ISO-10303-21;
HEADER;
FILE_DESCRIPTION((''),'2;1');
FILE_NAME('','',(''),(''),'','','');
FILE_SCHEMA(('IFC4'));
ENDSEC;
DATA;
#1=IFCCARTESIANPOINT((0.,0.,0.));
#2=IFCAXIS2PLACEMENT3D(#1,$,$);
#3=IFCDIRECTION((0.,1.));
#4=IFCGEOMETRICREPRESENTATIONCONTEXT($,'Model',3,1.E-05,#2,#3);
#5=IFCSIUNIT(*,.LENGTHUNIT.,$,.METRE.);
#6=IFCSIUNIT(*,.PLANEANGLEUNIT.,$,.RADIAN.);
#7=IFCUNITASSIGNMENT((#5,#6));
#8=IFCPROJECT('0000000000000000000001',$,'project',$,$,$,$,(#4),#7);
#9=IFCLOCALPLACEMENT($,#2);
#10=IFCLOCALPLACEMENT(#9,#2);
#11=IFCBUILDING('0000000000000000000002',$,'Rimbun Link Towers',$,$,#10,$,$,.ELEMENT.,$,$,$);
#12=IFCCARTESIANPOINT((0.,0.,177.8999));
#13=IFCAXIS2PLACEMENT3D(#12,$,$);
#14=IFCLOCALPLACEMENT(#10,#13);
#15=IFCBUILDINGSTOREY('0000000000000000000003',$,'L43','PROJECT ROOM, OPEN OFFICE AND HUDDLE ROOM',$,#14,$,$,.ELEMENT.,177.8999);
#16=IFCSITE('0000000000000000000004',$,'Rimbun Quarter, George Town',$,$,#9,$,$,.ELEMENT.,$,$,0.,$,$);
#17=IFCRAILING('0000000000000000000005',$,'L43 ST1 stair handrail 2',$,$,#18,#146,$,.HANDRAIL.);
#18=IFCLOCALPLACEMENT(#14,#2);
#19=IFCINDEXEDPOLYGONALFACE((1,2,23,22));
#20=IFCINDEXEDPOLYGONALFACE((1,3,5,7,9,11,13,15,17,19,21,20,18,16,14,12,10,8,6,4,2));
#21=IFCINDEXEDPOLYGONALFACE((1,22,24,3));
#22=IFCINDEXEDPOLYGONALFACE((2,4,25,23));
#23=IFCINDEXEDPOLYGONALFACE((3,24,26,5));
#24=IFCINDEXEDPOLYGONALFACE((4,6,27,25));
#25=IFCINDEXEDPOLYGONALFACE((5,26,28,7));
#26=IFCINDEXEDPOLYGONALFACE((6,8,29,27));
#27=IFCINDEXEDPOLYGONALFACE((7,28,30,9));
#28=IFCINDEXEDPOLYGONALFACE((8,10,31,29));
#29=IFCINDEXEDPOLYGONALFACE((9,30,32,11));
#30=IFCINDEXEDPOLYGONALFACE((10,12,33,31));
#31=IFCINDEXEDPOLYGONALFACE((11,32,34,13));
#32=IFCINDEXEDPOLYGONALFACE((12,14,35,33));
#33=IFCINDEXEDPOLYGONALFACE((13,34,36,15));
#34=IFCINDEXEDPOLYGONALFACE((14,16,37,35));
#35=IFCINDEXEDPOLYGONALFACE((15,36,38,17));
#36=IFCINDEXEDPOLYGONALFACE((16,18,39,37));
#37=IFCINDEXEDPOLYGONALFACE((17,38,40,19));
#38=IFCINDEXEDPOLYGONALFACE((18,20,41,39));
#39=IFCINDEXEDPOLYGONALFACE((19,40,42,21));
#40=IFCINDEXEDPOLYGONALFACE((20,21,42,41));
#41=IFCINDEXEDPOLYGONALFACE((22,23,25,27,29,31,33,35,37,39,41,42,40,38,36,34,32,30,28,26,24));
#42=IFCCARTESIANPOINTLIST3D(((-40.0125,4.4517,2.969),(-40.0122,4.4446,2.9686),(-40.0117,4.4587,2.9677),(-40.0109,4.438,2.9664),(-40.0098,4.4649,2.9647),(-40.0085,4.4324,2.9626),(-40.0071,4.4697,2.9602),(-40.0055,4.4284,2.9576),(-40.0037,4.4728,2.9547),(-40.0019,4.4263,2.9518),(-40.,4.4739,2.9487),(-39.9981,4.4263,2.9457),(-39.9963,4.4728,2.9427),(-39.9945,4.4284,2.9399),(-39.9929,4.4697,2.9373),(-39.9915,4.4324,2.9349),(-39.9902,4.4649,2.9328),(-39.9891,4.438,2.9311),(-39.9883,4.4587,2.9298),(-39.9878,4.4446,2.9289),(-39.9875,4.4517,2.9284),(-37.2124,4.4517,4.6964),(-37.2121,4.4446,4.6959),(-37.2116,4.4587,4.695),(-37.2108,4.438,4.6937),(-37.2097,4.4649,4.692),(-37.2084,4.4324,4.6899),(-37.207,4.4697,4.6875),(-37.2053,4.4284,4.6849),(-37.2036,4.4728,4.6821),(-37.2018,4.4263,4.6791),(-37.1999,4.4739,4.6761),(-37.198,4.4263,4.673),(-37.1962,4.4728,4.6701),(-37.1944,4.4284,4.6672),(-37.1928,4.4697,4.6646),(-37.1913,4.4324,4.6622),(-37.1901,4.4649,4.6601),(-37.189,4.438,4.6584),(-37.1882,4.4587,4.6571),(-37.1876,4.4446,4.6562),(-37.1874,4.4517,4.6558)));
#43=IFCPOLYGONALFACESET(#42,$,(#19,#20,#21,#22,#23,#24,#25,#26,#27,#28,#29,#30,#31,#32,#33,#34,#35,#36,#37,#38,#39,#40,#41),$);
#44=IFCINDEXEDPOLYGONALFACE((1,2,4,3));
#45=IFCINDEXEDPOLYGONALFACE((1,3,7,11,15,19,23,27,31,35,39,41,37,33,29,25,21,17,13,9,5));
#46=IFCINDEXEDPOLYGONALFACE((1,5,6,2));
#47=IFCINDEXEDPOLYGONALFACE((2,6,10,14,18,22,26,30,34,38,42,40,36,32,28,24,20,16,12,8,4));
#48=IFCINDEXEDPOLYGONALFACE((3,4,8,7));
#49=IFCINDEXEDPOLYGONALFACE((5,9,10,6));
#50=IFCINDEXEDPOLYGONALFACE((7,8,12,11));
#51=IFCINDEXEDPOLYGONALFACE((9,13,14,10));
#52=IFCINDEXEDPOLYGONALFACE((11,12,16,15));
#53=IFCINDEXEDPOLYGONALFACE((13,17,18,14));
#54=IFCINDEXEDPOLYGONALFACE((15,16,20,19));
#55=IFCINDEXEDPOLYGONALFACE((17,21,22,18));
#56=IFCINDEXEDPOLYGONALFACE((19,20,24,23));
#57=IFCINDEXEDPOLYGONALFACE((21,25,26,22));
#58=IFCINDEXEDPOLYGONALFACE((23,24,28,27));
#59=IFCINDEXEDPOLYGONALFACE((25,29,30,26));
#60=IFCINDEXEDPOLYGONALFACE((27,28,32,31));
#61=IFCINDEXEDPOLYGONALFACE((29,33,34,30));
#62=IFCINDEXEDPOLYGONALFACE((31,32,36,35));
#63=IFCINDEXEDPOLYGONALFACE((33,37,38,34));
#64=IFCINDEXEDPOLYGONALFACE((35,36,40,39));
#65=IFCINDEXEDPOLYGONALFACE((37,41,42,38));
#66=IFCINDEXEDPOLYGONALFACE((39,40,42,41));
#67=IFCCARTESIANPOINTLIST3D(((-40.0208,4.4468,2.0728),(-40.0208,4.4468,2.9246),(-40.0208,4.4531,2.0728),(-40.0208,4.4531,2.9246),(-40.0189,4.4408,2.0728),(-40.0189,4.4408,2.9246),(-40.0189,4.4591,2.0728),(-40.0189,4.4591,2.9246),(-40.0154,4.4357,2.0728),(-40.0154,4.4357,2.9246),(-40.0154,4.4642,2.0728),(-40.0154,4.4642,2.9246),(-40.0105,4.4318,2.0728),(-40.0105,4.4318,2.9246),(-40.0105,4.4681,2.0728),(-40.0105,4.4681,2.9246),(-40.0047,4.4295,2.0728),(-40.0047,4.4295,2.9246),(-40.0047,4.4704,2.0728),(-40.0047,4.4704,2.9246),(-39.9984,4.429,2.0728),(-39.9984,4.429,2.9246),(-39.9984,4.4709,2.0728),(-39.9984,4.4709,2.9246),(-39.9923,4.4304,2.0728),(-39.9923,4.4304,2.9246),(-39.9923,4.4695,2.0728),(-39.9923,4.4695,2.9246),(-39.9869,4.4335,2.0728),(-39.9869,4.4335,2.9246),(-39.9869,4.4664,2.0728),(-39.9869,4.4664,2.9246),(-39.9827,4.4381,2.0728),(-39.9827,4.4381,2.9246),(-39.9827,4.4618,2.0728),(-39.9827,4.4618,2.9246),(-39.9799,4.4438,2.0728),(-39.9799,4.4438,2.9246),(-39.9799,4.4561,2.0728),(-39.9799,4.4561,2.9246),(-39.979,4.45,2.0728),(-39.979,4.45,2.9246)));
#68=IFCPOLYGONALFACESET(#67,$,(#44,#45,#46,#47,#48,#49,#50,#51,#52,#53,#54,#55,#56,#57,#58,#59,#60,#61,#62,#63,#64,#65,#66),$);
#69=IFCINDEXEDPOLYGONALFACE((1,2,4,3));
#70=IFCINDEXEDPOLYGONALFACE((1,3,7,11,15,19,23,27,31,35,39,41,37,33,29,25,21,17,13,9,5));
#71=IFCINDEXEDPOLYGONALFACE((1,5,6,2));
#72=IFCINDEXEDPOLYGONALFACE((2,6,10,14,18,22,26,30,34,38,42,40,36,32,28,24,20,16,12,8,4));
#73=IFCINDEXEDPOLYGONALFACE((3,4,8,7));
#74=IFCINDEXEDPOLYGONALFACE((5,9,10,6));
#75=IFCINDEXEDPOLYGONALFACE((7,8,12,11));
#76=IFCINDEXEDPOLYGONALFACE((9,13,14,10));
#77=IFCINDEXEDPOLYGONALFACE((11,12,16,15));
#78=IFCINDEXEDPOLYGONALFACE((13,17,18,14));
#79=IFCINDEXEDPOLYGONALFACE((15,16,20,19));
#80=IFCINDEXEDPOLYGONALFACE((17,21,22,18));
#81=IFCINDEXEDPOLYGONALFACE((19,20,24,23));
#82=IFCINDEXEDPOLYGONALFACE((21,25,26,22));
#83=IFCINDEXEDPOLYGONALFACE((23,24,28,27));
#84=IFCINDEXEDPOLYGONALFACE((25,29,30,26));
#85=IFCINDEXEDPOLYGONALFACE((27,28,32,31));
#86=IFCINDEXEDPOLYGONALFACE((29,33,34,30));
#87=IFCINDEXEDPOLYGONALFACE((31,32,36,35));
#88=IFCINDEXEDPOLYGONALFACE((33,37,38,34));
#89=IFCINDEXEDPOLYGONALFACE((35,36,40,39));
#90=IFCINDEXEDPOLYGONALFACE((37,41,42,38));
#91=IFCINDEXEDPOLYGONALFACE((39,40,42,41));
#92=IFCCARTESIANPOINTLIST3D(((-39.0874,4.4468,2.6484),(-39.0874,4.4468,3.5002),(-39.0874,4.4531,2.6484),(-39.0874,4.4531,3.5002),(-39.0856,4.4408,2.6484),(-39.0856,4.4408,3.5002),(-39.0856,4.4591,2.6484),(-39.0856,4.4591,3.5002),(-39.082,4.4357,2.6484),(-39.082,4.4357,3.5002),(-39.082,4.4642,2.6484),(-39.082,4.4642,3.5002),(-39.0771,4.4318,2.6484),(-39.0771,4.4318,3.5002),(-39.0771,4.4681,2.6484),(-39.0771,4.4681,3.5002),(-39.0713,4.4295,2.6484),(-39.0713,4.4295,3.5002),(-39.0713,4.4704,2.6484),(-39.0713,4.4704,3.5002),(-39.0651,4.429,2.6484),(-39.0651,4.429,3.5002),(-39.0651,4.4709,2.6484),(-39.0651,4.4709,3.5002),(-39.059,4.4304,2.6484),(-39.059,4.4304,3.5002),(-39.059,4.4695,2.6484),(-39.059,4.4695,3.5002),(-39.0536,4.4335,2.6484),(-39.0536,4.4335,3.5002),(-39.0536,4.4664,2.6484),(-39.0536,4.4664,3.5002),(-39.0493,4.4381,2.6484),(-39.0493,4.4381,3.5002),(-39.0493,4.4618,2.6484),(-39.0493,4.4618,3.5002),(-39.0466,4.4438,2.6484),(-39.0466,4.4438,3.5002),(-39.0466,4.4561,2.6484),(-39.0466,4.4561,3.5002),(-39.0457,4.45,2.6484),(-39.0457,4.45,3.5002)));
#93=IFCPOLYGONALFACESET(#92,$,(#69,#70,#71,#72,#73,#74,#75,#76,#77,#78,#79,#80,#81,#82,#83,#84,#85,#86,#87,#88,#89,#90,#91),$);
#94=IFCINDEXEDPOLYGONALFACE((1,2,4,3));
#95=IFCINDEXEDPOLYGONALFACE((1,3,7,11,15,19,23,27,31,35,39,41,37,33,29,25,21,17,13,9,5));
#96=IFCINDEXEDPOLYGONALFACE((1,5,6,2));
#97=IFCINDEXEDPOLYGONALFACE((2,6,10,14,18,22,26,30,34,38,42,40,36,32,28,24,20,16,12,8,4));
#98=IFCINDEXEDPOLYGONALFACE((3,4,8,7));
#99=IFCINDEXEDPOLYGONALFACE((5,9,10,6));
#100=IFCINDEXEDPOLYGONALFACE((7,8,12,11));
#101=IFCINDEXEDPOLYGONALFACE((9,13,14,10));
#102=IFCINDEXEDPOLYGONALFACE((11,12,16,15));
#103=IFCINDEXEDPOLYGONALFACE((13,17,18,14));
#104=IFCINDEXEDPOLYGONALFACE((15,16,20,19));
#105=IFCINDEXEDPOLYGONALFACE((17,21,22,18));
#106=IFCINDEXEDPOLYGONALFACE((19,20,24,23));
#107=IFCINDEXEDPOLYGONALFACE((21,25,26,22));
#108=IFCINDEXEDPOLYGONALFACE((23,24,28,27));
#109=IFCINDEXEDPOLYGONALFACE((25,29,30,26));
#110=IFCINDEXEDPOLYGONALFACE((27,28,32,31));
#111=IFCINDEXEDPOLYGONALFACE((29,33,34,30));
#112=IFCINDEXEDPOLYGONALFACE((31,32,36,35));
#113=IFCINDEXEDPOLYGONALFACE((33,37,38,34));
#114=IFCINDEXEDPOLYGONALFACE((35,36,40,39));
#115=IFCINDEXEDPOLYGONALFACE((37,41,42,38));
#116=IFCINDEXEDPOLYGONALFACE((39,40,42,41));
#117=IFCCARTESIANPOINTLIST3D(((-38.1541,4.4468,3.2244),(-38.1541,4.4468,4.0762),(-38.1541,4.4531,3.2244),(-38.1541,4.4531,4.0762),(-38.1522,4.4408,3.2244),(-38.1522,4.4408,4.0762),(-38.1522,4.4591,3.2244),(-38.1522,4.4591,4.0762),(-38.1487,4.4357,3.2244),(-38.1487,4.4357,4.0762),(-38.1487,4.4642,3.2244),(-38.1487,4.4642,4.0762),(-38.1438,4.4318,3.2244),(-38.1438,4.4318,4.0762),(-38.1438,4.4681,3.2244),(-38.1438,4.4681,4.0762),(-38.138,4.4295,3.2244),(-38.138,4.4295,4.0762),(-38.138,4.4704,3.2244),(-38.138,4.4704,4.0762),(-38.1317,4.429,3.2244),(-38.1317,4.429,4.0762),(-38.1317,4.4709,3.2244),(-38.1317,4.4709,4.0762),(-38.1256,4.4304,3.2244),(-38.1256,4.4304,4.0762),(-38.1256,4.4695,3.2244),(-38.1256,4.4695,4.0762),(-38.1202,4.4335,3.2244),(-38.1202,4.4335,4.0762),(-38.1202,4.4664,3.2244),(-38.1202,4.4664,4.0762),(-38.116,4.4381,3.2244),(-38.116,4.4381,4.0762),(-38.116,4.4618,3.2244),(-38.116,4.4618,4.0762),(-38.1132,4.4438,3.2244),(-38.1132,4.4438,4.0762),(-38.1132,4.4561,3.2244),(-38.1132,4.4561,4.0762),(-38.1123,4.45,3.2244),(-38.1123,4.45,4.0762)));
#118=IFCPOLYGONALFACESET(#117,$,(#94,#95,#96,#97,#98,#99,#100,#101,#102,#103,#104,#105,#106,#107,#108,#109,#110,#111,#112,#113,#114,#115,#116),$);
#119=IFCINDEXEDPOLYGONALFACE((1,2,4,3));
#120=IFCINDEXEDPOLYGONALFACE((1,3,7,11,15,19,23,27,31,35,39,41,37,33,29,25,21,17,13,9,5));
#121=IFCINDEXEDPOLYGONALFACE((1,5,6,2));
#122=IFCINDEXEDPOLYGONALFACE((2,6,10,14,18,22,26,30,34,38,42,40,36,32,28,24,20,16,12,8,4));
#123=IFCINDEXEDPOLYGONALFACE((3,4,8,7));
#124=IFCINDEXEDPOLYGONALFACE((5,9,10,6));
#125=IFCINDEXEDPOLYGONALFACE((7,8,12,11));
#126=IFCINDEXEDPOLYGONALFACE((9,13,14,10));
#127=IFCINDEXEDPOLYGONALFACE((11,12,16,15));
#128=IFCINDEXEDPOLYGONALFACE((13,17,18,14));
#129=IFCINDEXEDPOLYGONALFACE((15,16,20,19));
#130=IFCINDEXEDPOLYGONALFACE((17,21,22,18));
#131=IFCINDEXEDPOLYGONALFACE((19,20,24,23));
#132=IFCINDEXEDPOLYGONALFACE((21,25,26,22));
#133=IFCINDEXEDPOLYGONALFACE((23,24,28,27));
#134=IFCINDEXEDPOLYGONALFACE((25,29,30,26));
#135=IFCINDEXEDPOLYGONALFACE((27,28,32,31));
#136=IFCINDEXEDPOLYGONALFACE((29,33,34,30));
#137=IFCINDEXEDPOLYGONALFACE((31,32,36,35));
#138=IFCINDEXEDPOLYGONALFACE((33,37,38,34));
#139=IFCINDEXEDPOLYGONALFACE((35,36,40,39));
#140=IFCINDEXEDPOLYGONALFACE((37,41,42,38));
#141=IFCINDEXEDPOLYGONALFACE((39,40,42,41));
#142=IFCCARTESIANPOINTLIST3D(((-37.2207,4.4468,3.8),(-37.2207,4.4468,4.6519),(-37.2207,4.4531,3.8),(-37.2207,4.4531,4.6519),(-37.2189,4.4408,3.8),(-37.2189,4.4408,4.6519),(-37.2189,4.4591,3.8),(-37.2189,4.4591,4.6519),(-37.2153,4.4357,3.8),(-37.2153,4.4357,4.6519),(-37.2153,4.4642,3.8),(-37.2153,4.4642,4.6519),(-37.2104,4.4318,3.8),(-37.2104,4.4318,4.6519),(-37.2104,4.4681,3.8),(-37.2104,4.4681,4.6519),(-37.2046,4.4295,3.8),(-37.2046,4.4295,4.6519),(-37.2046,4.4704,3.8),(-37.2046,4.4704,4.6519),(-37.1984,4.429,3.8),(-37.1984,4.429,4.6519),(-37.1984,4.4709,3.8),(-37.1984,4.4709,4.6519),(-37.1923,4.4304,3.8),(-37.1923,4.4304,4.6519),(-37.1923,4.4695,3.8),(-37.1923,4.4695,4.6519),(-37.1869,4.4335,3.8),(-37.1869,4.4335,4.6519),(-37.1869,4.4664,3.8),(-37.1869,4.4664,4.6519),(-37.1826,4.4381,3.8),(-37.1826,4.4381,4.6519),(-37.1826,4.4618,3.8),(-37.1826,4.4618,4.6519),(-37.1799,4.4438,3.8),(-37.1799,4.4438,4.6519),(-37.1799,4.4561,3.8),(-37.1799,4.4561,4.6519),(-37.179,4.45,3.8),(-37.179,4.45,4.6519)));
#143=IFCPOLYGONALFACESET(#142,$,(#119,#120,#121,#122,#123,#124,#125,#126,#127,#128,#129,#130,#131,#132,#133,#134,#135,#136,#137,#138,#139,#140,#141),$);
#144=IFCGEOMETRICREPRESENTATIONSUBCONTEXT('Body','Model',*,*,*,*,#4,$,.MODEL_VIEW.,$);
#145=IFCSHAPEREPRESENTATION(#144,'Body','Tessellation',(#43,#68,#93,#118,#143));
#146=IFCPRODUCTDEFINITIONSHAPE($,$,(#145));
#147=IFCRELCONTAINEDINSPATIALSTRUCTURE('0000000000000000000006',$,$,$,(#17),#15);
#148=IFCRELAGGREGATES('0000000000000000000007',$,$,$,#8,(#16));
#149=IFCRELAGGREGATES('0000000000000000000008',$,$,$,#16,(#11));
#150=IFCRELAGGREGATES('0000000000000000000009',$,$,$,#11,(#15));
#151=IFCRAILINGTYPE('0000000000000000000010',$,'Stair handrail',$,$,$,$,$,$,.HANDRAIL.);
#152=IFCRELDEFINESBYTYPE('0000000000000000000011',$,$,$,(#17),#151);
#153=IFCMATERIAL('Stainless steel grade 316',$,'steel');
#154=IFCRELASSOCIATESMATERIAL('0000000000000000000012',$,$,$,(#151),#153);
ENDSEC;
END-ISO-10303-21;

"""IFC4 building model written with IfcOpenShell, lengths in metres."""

from ifc_helpers import new_model, si_unit, direction, frame, origin, origin_2d, place, context, subcontext, project, spatial, circle, extrude, material, type_object, element, save


model = new_model("IFC4")

# Units and contexts
model_context = context("Model", 3, precision=1e-05, world=origin(), true_north=direction((0.0, 1.0)))
body_context = subcontext(model_context, "Body", "Model", "MODEL_VIEW")
ifc_project = project(units=[si_unit("LENGTHUNIT", "METRE"), si_unit("PLANEANGLEUNIT", "RADIAN")], contexts=[model_context])

# Site, building, storey
site_placement = place(None, origin())
site = spatial("IfcSite", under=ifc_project, at=site_placement, Name="Rimbun Quarter, George Town", CompositionType="ELEMENT", RefElevation=0.0)
building_placement = place(site_placement, origin())
building = spatial("IfcBuilding", under=site, at=building_placement, Name="Rimbun Link Towers", CompositionType="ELEMENT")
storey_placement = place(building_placement, frame((0.0, 0.0, 177.8999)))
storey = spatial("IfcBuildingStorey", under=building, at=storey_placement, Name="L43", Description="PROJECT ROOM, OPEN OFFICE AND HUDDLE ROOM", CompositionType="ELEMENT", Elevation=177.8999)

# Railing
ifc_material_1 = material(Name="Stainless steel grade 316", Category="steel")
railing_type_1 = type_object("IfcRailingType", Name="Stair handrail", PredefinedType="HANDRAIL", material=ifc_material_1)
railing_1_placement = place(storey_placement, frame((-40.0, 4.45, 2.0728)))
element("IfcRailing", 1, at=railing_1_placement, inside=storey, type_object=railing_type_1, Name="L43 ST1 stair handrail 2", PredefinedType="HANDRAIL", context=body_context, shape_type="SweptSolid", body=[
    extrude(circle(Radius=0.0239, at=origin_2d()), frame((0.0, 0.0, 0.876), z_axis=(0.85109, 0.0, 0.52502), x_axis=(0.0, 1.0, 0.0)), (0.0, 0.0, 1.0), 3.29),
    extrude(circle(Radius=0.021, at=origin_2d()), origin(), (0.0, 0.0, 1.0), 0.8518),
    extrude(circle(Radius=0.021, at=origin_2d()), frame((0.9333, 0.0, 0.5757)), (0.0, 0.0, 1.0), 0.8518),
    extrude(circle(Radius=0.021, at=origin_2d()), frame((1.8667, 0.0, 1.1516)), (0.0, 0.0, 1.0), 0.8518),
    extrude(circle(Radius=0.021, at=origin_2d()), frame((2.8, 0.0, 1.7273)), (0.0, 0.0, 1.0), 0.8518),
])

save(model, "model.ifc")
